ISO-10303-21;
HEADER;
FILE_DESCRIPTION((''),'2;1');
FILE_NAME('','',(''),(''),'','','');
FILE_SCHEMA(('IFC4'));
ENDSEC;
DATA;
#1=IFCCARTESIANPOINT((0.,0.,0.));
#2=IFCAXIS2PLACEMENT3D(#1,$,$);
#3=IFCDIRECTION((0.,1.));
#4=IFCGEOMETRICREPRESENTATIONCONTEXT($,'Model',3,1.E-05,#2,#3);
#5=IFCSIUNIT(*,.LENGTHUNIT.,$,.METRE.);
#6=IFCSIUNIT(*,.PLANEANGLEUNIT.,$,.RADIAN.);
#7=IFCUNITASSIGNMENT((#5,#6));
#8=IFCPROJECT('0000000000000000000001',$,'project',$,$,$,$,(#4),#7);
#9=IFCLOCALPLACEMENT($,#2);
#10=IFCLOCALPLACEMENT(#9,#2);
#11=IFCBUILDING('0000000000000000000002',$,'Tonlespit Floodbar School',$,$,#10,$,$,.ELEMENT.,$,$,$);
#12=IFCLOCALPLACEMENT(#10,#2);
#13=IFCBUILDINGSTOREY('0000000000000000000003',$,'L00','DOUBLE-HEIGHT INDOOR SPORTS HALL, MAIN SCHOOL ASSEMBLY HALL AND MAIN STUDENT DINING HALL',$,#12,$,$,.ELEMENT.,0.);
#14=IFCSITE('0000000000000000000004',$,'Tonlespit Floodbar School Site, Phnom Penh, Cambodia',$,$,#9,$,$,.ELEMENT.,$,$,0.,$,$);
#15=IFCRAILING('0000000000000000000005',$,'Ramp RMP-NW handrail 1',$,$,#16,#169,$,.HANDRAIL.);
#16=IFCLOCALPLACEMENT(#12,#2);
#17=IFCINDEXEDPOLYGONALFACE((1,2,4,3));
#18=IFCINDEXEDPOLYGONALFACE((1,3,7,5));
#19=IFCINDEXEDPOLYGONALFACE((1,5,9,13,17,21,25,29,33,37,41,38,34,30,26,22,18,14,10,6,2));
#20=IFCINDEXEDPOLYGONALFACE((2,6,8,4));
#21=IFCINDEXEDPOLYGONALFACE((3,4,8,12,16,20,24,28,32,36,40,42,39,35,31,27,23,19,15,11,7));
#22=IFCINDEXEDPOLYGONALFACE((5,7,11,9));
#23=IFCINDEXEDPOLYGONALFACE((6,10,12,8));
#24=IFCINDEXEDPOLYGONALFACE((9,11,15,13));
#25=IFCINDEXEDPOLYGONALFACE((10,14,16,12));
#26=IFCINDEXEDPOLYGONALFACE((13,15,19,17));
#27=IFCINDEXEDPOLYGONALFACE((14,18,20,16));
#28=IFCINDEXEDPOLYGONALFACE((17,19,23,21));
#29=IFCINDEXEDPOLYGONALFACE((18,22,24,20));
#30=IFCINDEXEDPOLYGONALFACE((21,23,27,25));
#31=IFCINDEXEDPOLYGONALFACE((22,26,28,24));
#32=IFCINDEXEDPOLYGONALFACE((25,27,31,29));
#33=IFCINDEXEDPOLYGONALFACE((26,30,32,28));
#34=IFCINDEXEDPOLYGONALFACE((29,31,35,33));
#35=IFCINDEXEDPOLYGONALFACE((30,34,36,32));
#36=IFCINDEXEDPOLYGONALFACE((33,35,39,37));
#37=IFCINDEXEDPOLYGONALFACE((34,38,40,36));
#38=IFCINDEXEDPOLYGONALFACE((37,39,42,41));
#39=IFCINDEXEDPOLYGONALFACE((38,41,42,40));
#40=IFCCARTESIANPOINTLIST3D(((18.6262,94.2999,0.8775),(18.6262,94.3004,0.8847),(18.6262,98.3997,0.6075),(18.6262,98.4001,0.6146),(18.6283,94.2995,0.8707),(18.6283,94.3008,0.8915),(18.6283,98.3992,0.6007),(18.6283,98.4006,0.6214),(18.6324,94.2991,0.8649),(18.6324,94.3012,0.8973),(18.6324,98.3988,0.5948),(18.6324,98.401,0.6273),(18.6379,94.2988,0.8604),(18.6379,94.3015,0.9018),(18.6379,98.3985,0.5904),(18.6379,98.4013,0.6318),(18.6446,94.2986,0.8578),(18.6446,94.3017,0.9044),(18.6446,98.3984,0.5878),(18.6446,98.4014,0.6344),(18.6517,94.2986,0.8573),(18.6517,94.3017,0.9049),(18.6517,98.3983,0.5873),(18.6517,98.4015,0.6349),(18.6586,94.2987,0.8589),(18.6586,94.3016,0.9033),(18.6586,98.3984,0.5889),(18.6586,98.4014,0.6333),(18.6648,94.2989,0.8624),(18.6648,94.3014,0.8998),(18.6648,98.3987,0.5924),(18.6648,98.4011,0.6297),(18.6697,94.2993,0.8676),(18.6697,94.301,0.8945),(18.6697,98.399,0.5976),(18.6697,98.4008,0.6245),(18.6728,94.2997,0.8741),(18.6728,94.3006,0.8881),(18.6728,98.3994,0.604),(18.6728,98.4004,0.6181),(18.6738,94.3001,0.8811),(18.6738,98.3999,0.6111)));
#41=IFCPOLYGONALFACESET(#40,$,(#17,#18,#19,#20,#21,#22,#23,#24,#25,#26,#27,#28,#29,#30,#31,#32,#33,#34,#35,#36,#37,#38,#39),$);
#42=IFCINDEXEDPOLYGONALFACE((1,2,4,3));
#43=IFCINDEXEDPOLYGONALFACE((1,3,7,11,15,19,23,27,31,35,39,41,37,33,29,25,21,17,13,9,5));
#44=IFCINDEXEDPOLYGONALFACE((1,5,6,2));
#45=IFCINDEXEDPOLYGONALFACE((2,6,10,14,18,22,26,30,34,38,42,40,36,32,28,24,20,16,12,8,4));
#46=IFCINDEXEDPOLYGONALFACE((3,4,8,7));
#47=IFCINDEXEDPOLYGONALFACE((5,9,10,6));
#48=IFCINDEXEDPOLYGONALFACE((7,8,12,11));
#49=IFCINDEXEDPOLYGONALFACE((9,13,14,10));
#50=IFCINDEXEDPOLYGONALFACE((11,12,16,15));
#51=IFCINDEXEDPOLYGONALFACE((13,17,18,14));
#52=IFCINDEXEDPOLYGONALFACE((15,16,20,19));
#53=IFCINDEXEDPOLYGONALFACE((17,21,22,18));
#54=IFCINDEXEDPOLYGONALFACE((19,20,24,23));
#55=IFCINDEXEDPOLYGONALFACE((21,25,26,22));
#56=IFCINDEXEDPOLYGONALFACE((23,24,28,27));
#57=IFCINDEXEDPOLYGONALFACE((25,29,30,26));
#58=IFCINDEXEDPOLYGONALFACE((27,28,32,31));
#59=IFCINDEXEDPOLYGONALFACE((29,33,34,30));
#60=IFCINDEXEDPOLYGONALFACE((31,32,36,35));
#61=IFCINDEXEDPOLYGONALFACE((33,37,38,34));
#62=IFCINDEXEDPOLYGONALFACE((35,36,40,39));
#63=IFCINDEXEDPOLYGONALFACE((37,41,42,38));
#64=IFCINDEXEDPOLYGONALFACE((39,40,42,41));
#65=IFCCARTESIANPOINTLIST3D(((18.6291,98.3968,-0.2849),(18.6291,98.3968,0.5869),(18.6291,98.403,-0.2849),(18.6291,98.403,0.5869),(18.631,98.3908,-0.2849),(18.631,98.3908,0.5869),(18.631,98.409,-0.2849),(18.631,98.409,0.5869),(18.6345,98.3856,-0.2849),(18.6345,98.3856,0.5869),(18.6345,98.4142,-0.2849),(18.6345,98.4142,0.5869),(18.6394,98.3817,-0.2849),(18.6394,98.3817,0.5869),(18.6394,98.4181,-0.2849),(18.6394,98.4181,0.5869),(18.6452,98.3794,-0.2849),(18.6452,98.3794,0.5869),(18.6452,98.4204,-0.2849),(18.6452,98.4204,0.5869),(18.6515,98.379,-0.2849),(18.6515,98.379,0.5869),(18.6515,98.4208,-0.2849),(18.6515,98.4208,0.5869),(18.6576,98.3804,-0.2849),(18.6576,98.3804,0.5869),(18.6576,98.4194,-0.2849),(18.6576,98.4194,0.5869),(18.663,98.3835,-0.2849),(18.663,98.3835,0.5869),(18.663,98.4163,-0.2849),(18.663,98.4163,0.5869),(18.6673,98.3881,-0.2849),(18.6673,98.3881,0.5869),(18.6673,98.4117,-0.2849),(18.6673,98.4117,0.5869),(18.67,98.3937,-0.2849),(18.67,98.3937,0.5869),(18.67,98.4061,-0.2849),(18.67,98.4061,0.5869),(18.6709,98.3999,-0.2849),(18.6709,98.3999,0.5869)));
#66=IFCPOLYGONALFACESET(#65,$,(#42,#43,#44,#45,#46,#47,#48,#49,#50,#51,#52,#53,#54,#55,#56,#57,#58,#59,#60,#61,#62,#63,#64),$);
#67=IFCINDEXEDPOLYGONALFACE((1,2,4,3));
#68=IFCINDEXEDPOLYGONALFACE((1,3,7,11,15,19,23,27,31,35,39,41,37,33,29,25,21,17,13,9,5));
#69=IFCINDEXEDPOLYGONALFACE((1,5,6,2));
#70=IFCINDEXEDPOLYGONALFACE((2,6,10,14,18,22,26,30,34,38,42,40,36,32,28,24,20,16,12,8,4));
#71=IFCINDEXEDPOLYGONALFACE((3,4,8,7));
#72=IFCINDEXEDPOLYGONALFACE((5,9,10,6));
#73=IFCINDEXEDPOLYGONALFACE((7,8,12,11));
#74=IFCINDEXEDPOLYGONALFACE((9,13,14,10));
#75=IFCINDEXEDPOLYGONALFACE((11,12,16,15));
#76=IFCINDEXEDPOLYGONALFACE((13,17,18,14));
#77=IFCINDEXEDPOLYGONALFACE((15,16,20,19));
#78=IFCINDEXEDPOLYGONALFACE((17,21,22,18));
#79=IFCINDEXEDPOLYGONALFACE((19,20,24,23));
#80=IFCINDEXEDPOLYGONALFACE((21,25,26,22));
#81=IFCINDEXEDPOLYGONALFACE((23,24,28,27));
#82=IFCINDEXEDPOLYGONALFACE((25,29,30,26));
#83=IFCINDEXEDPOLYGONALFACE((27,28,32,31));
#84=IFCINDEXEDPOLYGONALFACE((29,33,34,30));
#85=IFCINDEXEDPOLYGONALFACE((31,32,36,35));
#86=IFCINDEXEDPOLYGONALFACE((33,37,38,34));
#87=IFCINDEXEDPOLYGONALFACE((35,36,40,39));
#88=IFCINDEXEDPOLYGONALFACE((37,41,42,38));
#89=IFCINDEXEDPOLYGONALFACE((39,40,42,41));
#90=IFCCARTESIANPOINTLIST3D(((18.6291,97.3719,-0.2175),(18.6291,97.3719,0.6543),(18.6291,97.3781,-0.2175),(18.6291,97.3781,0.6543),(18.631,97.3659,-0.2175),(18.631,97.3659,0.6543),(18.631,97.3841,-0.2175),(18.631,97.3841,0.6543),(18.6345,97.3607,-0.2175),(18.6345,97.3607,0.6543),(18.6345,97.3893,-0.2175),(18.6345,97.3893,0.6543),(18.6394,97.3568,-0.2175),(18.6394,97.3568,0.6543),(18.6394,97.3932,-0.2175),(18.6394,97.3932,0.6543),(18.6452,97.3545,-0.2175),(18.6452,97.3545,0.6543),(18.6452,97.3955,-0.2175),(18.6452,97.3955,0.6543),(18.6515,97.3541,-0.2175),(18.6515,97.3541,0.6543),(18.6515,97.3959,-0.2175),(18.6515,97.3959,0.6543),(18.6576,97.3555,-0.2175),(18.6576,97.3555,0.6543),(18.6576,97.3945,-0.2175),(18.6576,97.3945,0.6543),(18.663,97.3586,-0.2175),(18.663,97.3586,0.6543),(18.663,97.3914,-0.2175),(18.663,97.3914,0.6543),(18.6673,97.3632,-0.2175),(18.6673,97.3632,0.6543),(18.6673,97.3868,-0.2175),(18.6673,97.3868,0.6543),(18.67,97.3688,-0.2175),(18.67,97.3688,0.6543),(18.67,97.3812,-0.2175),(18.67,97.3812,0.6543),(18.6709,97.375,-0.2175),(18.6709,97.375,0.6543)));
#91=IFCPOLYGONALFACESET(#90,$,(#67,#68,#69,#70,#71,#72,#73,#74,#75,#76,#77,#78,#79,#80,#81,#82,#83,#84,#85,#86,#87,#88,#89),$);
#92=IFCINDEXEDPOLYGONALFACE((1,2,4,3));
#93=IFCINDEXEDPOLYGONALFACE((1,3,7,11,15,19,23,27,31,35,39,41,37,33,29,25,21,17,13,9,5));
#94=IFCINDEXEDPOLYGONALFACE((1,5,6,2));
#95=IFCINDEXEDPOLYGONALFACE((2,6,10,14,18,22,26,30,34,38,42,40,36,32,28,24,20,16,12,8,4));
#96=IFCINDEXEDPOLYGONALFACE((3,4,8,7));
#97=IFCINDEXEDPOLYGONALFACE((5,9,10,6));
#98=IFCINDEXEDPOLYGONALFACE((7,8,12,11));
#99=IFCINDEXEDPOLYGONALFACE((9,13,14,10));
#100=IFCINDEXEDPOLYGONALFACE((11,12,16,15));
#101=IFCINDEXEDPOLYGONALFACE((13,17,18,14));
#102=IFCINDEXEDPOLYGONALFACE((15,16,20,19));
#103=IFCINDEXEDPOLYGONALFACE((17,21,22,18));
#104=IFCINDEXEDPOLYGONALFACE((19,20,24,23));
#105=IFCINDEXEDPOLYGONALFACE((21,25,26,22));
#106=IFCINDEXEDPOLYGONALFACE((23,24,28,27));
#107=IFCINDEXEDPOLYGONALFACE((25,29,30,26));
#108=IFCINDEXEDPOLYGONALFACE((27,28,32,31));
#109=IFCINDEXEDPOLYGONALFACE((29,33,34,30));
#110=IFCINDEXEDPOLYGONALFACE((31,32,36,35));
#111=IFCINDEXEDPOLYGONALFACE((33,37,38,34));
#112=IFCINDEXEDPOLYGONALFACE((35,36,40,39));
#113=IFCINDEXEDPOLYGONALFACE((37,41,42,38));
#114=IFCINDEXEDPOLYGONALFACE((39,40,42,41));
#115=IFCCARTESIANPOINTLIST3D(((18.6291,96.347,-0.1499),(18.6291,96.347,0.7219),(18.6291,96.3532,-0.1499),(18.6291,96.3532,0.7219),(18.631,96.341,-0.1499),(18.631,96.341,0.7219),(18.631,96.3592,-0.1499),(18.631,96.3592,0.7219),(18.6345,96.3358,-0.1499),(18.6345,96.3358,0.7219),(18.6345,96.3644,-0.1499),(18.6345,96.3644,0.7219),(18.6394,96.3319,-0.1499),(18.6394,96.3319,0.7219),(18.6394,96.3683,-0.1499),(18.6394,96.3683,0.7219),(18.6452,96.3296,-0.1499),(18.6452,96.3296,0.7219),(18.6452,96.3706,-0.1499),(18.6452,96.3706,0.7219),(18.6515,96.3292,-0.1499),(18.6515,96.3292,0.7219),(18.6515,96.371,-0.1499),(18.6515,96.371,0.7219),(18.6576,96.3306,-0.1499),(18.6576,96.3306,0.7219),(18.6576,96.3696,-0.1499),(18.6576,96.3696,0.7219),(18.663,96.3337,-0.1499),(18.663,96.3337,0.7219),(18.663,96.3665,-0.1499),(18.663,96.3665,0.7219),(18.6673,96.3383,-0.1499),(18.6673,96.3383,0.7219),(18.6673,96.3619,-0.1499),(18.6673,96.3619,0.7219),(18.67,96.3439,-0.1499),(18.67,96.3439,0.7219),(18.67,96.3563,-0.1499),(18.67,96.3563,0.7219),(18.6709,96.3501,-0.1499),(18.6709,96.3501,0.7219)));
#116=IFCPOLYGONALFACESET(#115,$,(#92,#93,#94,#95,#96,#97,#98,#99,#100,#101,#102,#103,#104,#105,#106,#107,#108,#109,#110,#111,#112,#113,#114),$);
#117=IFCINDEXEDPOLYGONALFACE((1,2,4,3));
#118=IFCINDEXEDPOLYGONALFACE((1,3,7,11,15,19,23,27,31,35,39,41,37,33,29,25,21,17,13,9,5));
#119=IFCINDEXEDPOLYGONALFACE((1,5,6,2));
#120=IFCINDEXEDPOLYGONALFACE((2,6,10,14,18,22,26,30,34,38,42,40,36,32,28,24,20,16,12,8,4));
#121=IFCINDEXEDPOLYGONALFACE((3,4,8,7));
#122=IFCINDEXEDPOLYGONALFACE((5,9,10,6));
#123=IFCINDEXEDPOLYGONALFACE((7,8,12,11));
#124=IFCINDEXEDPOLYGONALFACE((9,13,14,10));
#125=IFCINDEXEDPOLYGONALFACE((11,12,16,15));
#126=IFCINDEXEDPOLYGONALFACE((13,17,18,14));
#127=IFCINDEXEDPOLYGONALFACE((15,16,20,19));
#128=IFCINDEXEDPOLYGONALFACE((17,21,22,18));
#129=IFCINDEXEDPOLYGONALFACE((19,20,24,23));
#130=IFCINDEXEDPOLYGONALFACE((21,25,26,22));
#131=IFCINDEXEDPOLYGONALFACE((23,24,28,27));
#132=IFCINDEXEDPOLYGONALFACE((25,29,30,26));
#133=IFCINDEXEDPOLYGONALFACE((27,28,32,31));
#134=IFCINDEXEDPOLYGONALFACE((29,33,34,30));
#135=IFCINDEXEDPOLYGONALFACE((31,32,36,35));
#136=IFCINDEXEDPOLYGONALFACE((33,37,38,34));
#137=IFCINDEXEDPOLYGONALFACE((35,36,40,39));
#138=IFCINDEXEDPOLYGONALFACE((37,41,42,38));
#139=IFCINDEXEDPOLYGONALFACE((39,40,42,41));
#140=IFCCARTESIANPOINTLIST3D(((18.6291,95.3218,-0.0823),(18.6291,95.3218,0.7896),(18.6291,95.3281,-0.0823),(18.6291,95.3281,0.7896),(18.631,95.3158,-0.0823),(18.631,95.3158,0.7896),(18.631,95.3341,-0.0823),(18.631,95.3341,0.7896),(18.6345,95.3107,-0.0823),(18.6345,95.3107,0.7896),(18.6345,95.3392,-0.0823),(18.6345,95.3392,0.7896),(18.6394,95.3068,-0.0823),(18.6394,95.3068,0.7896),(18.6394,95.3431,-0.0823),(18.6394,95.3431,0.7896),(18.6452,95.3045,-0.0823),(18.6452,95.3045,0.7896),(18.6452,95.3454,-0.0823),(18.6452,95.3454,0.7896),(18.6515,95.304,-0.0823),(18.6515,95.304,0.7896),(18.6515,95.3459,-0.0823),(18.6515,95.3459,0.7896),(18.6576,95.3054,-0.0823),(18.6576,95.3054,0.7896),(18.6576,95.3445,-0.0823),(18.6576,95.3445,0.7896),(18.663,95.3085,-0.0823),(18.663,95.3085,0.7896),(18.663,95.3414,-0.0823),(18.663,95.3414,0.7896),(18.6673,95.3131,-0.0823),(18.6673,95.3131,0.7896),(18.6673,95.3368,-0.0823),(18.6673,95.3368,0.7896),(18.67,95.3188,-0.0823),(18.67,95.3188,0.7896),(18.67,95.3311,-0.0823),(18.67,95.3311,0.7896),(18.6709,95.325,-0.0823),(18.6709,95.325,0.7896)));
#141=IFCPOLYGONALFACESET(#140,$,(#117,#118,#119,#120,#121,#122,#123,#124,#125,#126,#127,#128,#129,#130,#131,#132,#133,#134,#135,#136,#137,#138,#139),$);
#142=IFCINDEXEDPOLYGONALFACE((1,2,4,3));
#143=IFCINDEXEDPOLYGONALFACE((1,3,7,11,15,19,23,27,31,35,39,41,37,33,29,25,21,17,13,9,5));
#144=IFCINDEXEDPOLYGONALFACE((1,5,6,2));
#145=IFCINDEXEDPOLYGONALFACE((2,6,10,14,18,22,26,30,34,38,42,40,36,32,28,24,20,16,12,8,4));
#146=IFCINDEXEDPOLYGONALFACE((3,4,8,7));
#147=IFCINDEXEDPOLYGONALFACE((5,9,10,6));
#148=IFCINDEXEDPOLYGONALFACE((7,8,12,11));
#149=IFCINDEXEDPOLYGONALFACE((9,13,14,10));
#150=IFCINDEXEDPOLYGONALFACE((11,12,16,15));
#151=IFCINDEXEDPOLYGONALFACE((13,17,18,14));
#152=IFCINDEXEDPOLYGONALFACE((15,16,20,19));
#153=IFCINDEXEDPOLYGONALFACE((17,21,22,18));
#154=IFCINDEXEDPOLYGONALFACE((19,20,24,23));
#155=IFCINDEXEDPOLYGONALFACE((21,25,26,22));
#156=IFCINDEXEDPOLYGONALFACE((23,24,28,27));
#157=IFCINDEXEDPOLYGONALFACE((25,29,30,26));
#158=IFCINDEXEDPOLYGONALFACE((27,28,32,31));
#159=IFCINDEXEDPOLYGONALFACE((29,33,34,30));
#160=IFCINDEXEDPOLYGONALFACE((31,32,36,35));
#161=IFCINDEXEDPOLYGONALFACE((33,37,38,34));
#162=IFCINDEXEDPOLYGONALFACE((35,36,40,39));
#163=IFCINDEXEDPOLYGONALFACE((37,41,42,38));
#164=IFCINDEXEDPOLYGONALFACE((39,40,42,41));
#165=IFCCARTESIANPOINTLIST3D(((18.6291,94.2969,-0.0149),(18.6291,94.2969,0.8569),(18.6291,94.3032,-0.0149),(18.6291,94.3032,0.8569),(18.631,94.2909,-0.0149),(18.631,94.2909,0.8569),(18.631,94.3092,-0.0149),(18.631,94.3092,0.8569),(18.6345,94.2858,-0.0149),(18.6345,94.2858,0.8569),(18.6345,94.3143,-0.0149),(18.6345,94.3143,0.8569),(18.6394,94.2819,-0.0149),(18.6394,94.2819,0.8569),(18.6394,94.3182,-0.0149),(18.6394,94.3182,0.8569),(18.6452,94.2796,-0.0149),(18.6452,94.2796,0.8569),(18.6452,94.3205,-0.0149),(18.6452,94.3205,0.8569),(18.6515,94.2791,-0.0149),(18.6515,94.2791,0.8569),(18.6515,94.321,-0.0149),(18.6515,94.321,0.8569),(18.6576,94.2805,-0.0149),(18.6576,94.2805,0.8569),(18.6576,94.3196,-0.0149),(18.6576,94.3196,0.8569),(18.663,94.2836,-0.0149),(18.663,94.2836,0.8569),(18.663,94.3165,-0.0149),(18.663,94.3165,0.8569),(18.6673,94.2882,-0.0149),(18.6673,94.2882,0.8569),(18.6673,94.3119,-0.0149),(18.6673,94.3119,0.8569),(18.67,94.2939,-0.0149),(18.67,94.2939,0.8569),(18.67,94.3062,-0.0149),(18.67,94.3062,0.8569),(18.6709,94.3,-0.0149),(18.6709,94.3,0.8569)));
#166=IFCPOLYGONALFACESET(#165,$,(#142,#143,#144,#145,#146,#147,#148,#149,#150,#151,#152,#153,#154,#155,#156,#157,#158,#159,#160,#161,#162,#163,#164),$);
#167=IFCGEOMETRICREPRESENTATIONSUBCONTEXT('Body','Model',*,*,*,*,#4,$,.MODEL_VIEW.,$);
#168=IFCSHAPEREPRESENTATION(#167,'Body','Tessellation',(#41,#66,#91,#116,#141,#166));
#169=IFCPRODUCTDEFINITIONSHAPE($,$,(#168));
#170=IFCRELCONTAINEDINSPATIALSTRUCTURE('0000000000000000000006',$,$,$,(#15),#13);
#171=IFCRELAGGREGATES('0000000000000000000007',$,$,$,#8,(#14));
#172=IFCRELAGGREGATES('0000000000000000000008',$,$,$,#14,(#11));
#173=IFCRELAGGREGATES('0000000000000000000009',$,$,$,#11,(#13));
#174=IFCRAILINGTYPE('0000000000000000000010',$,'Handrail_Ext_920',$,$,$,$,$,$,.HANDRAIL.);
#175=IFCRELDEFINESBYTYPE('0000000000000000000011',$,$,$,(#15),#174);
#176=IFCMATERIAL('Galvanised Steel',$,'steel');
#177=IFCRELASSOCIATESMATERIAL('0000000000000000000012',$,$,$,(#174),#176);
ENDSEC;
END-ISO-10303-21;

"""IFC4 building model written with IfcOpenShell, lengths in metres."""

from ifc_helpers import new_model, si_unit, direction, frame, origin, origin_2d, place, context, subcontext, project, spatial, circle, extrude, material, type_object, element, save


model = new_model("IFC4")

# Units and contexts
model_context = context("Model", 3, precision=1e-05, world=origin(), true_north=direction((0.0, 1.0)))
body_context = subcontext(model_context, "Body", "Model", "MODEL_VIEW")
ifc_project = project(units=[si_unit("LENGTHUNIT", "METRE"), si_unit("PLANEANGLEUNIT", "RADIAN")], contexts=[model_context])

# Site, building, storey
site_placement = place(None, origin())
site = spatial("IfcSite", under=ifc_project, at=site_placement, Name="Tonlespit Floodbar School Site, Phnom Penh, Cambodia", CompositionType="ELEMENT", RefElevation=0.0)
building_placement = place(site_placement, origin())
building = spatial("IfcBuilding", under=site, at=building_placement, Name="Tonlespit Floodbar School", CompositionType="ELEMENT")
storey_placement = place(building_placement, origin())
storey = spatial("IfcBuildingStorey", under=building, at=storey_placement, Name="L00", Description="DOUBLE-HEIGHT INDOOR SPORTS HALL, MAIN SCHOOL ASSEMBLY HALL AND MAIN STUDENT DINING HALL", CompositionType="ELEMENT", Elevation=0.0)

# Railing
ifc_material_1 = material(Name="Galvanised Steel", Category="steel")
railing_type = type_object("IfcRailingType", Name="Handrail_Ext_920", PredefinedType="HANDRAIL", material=ifc_material_1)
railing_placement = place(storey_placement, frame((18.6499, 98.3999, -0.2849)))
element("IfcRailing", 1, at=railing_placement, inside=storey, type_object=railing_type, Name="Ramp RMP-NW handrail 1", PredefinedType="HANDRAIL", context=body_context, shape_type="SweptSolid", body=[
    extrude(circle(Radius=0.0239, at=origin_2d()), frame((0.0, 0.0, 0.896), z_axis=(0.0, -0.997838, 0.065718), x_axis=(1.0, 0.0, 0.0)), (0.0, 0.0, 1.0), 4.1086),
    extrude(circle(Radius=0.021, at=origin_2d()), origin(), (0.0, 0.0, 1.0), 0.8718),
    extrude(circle(Radius=0.021, at=origin_2d()), frame((0.0, -1.0249, 0.0674)), (0.0, 0.0, 1.0), 0.8718),
    extrude(circle(Radius=0.021, at=origin_2d()), frame((0.0, -2.0498, 0.135)), (0.0, 0.0, 1.0), 0.8718),
    extrude(circle(Radius=0.021, at=origin_2d()), frame((0.0, -3.075, 0.2026)), (0.0, 0.0, 1.0), 0.8718),
    extrude(circle(Radius=0.021, at=origin_2d()), frame((0.0, -4.0999, 0.27)), (0.0, 0.0, 1.0), 0.8718),
])

save(model, "model.ifc")
